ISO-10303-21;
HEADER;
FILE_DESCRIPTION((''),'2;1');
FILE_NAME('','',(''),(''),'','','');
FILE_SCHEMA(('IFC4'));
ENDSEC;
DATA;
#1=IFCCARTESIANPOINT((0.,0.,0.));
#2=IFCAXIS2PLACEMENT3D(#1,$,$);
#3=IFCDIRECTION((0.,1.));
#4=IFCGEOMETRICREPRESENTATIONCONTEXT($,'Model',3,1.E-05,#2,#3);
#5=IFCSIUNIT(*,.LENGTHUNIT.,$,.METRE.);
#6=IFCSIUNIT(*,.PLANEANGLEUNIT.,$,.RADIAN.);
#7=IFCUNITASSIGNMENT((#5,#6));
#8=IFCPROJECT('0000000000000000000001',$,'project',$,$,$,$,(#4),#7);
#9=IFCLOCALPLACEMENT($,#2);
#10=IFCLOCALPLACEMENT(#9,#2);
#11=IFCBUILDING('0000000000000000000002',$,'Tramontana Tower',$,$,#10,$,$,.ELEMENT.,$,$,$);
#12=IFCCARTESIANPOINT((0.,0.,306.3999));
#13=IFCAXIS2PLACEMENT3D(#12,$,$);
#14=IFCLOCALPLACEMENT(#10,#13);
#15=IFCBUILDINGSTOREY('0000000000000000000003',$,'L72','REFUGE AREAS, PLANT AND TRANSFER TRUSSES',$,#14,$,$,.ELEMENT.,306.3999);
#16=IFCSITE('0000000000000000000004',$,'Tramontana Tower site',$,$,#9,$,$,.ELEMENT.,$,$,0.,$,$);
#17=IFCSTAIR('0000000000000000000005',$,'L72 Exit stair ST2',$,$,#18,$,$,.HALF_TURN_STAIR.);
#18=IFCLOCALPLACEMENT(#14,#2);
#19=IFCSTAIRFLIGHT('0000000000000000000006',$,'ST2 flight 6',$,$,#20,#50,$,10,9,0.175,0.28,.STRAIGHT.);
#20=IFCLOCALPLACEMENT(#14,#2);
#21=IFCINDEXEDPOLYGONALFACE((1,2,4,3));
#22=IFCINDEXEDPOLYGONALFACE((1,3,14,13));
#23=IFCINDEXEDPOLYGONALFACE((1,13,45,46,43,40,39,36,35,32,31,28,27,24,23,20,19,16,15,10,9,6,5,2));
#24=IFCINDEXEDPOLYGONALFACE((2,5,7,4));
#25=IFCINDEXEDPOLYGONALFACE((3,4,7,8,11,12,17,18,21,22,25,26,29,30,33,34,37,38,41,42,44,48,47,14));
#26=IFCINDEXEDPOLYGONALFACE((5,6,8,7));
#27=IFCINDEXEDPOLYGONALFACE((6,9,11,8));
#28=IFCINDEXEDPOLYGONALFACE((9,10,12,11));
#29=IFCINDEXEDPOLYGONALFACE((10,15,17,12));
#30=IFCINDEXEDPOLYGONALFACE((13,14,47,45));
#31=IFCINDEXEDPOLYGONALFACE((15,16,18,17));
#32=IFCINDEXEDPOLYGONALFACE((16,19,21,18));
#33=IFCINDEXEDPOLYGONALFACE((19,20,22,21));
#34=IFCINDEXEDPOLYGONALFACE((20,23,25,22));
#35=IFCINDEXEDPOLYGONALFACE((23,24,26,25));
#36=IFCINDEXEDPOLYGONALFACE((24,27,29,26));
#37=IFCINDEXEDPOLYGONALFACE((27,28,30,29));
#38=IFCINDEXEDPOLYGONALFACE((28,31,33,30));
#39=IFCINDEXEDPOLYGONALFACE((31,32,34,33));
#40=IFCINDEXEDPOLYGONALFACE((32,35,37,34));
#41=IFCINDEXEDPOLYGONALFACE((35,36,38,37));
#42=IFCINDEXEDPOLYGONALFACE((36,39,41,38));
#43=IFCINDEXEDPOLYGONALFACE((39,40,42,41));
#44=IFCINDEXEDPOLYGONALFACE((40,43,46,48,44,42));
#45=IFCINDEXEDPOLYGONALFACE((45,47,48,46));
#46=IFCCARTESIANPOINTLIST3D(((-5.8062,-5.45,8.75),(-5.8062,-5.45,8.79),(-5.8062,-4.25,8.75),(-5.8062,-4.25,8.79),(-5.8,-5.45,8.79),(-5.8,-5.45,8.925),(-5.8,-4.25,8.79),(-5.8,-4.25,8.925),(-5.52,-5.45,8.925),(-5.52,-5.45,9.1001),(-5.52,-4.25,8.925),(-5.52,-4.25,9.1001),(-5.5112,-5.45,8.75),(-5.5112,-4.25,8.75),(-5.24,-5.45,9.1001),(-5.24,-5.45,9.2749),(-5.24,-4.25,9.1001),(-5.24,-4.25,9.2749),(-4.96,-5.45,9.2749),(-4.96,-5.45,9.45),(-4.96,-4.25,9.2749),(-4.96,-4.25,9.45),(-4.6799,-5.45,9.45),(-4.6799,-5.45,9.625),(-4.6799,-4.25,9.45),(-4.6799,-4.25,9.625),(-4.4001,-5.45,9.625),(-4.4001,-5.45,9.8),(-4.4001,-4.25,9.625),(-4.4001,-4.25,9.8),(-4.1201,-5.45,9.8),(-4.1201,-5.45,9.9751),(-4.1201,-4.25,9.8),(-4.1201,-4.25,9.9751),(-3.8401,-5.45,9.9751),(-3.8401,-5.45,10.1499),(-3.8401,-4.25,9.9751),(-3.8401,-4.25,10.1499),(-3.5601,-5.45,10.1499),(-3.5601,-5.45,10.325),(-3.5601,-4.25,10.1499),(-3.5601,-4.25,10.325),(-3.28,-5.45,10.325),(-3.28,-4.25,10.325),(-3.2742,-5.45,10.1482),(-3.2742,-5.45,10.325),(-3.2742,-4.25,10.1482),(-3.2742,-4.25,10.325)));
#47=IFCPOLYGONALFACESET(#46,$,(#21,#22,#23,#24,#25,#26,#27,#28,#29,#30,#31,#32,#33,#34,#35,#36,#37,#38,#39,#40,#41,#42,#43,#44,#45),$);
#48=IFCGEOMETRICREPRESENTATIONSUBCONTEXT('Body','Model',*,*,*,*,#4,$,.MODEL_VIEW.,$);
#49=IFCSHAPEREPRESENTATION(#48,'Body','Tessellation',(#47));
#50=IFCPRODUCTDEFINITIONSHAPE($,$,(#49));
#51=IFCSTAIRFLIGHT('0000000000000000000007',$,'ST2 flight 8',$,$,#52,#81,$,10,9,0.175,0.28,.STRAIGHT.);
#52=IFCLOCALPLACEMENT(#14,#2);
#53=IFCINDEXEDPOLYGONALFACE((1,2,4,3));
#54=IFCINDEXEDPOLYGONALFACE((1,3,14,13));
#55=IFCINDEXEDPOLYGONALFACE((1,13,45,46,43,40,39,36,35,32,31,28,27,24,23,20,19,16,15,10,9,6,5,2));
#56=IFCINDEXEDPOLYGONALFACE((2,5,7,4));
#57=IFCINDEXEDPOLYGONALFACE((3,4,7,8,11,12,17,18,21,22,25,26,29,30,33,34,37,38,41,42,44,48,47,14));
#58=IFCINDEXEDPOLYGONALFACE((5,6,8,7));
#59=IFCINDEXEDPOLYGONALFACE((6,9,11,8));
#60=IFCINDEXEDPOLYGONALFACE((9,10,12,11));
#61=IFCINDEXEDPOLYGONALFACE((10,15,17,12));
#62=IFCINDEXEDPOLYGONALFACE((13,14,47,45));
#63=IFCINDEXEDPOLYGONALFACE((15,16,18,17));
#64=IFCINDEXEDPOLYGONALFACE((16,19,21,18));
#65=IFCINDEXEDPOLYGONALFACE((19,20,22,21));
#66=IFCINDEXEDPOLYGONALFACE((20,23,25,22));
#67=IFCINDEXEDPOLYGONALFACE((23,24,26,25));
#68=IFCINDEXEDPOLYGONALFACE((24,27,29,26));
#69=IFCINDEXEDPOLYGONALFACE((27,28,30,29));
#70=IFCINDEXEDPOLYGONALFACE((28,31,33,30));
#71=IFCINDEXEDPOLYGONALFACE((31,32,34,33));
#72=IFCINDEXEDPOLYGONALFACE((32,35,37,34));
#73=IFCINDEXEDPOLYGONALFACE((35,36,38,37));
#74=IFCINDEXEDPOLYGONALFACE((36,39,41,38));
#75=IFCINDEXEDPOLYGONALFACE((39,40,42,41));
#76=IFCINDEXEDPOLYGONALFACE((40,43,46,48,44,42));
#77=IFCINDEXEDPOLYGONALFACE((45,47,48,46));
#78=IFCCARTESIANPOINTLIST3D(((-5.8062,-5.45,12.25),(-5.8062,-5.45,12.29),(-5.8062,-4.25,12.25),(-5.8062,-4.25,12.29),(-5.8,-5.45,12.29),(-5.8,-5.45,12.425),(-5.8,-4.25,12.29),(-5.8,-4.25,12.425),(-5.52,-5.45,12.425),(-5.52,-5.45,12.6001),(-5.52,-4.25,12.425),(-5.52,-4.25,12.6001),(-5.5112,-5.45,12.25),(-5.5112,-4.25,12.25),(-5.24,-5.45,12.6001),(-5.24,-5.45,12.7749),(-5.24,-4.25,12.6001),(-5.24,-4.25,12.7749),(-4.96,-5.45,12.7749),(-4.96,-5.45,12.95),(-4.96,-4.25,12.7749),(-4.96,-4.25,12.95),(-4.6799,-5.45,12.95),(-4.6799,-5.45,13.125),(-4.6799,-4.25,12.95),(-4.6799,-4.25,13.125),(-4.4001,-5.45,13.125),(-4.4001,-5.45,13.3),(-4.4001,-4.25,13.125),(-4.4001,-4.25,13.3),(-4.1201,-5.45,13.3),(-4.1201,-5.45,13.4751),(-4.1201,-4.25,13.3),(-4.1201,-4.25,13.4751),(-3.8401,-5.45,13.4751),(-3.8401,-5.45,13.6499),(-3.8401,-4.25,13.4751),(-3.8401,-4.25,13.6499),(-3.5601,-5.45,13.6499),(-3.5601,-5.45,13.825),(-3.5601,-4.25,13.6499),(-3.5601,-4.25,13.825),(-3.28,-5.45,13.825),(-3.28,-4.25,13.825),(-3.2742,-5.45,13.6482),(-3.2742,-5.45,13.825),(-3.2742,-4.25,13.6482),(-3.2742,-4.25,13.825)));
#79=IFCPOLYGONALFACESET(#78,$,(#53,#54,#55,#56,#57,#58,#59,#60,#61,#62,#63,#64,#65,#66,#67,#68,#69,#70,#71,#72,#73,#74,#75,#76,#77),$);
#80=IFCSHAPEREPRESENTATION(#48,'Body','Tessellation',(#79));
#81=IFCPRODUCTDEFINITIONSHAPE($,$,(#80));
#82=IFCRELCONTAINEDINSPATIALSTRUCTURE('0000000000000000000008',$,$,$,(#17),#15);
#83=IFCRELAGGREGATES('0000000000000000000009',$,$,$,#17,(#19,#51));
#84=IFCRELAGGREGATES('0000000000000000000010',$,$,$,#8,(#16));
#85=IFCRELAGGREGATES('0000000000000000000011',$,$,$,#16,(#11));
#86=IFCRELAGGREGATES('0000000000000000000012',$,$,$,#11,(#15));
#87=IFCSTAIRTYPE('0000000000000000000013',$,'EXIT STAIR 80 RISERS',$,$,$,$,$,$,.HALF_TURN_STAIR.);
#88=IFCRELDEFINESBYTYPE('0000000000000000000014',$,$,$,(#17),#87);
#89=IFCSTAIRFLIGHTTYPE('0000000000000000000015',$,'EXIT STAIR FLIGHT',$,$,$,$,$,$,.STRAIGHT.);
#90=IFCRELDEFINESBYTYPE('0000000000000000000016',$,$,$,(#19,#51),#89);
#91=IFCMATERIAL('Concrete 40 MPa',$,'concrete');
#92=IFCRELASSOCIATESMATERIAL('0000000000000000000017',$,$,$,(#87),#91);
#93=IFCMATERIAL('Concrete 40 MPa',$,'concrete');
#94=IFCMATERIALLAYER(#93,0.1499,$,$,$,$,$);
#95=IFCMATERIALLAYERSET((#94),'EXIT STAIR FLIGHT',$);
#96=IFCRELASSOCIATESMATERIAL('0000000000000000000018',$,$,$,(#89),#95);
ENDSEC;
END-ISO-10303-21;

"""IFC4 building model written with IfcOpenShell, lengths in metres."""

from ifc_helpers import new_model, si_unit, direction, frame, origin, place, context, subcontext, project, spatial, polyline, outline, extrude, material, layer, layer_set, type_object, element, aggregate, save


model = new_model("IFC4")

# Units and contexts
model_context = context("Model", 3, precision=1e-05, world=origin(), true_north=direction((0.0, 1.0)))
body_context = subcontext(model_context, "Body", "Model", "MODEL_VIEW")
ifc_project = project(units=[si_unit("LENGTHUNIT", "METRE"), si_unit("PLANEANGLEUNIT", "RADIAN")], contexts=[model_context])

# Site, building, storey
site_placement = place(None, origin())
site = spatial("IfcSite", under=ifc_project, at=site_placement, Name="Tramontana Tower site", CompositionType="ELEMENT", RefElevation=0.0)
building_placement = place(site_placement, origin())
building = spatial("IfcBuilding", under=site, at=building_placement, Name="Tramontana Tower", CompositionType="ELEMENT")
storey_placement = place(building_placement, frame((0.0, 0.0, 306.3999)))
storey = spatial("IfcBuildingStorey", under=building, at=storey_placement, Name="L72", Description="REFUGE AREAS, PLANT AND TRANSFER TRUSSES", CompositionType="ELEMENT", Elevation=306.3999)

# Stair, stair flights
ifc_material_1 = material(Name="Concrete 40 MPa", Category="concrete")
stair_type = type_object("IfcStairType", Name="EXIT STAIR 80 RISERS", PredefinedType="HALF_TURN_STAIR", material=ifc_material_1)
stair_placement = place(storey_placement, origin())
stair = element("IfcStair", 1, at=stair_placement, inside=storey, type_object=stair_type, Name="L72 Exit stair ST2", PredefinedType="HALF_TURN_STAIR")
ifc_material_2 = material(Name="Concrete 40 MPa", Category="concrete")
ifc_layer_1 = layer(ifc_material_2, 0.1499)
ifc_layer_set_1 = layer_set([ifc_layer_1], Name="EXIT STAIR FLIGHT")
stair_flight_type = type_object("IfcStairFlightType", Name="EXIT STAIR FLIGHT", PredefinedType="STRAIGHT", material=ifc_layer_set_1)
stair_flight_1_placement = place(storey_placement, frame((-5.8, -4.8501, 8.75), z_axis=(0.0, 0.0, 1.0), x_axis=(1.0, 0.0, 0.0)))
stair_flight_1 = element("IfcStairFlight", 2, at=stair_flight_1_placement, type_object=stair_flight_type, Name="ST2 flight 6", NumberOfRisers=10, NumberOfTreads=9, PredefinedType="STRAIGHT", RiserHeight=0.175, TreadLength=0.28, context=body_context, shape_type="SweptSolid", body=[
    extrude(outline(polyline([(-0.0061, 0.0), (-0.0061, 0.04), (0.0, 0.04), (0.0, 0.175), (0.28, 0.175), (0.28, 0.3501), (0.5601, 0.3501), (0.5601, 0.5249), (0.8401, 0.5249), (0.8401, 0.7), (1.1201, 0.7), (1.1201, 0.875), (1.3999, 0.875), (1.3999, 1.05), (1.6799, 1.05), (1.6799, 1.2251), (1.96, 1.2251), (1.96, 1.3999), (2.24, 1.3999), (2.24, 1.575), (2.52, 1.575), (2.5259, 1.575), (2.5259, 1.3982), (0.2888, 0.0), (-0.0061, 0.0)])), frame((0.0, 0.6001, 0.0), z_axis=(0.0, -1.0, 0.0), x_axis=(1.0, 0.0, 0.0)), (0.0, 0.0, 1.0), 1.2),
])
stair_flight_2_placement = place(storey_placement, frame((-5.8, -4.8501, 12.25), z_axis=(0.0, 0.0, 1.0), x_axis=(1.0, 0.0, 0.0)))
stair_flight_2 = element("IfcStairFlight", 3, at=stair_flight_2_placement, type_object=stair_flight_type, Name="ST2 flight 8", NumberOfRisers=10, NumberOfTreads=9, PredefinedType="STRAIGHT", RiserHeight=0.175, TreadLength=0.28, context=body_context, shape_type="SweptSolid", body=[
    extrude(outline(polyline([(-0.0061, 0.0), (-0.0061, 0.04), (0.0, 0.04), (0.0, 0.175), (0.28, 0.175), (0.28, 0.3501), (0.5601, 0.3501), (0.5601, 0.5249), (0.8401, 0.5249), (0.8401, 0.7), (1.1201, 0.7), (1.1201, 0.875), (1.3999, 0.875), (1.3999, 1.05), (1.6799, 1.05), (1.6799, 1.2251), (1.96, 1.2251), (1.96, 1.3999), (2.24, 1.3999), (2.24, 1.575), (2.52, 1.575), (2.5259, 1.575), (2.5259, 1.3982), (0.2888, 0.0), (-0.0061, 0.0)])), frame((0.0, 0.6001, 0.0), z_axis=(0.0, -1.0, 0.0), x_axis=(1.0, 0.0, 0.0)), (0.0, 0.0, 1.0), 1.2),
])
aggregate(stair, [stair_flight_1, stair_flight_2])

save(model, "model.ifc")
